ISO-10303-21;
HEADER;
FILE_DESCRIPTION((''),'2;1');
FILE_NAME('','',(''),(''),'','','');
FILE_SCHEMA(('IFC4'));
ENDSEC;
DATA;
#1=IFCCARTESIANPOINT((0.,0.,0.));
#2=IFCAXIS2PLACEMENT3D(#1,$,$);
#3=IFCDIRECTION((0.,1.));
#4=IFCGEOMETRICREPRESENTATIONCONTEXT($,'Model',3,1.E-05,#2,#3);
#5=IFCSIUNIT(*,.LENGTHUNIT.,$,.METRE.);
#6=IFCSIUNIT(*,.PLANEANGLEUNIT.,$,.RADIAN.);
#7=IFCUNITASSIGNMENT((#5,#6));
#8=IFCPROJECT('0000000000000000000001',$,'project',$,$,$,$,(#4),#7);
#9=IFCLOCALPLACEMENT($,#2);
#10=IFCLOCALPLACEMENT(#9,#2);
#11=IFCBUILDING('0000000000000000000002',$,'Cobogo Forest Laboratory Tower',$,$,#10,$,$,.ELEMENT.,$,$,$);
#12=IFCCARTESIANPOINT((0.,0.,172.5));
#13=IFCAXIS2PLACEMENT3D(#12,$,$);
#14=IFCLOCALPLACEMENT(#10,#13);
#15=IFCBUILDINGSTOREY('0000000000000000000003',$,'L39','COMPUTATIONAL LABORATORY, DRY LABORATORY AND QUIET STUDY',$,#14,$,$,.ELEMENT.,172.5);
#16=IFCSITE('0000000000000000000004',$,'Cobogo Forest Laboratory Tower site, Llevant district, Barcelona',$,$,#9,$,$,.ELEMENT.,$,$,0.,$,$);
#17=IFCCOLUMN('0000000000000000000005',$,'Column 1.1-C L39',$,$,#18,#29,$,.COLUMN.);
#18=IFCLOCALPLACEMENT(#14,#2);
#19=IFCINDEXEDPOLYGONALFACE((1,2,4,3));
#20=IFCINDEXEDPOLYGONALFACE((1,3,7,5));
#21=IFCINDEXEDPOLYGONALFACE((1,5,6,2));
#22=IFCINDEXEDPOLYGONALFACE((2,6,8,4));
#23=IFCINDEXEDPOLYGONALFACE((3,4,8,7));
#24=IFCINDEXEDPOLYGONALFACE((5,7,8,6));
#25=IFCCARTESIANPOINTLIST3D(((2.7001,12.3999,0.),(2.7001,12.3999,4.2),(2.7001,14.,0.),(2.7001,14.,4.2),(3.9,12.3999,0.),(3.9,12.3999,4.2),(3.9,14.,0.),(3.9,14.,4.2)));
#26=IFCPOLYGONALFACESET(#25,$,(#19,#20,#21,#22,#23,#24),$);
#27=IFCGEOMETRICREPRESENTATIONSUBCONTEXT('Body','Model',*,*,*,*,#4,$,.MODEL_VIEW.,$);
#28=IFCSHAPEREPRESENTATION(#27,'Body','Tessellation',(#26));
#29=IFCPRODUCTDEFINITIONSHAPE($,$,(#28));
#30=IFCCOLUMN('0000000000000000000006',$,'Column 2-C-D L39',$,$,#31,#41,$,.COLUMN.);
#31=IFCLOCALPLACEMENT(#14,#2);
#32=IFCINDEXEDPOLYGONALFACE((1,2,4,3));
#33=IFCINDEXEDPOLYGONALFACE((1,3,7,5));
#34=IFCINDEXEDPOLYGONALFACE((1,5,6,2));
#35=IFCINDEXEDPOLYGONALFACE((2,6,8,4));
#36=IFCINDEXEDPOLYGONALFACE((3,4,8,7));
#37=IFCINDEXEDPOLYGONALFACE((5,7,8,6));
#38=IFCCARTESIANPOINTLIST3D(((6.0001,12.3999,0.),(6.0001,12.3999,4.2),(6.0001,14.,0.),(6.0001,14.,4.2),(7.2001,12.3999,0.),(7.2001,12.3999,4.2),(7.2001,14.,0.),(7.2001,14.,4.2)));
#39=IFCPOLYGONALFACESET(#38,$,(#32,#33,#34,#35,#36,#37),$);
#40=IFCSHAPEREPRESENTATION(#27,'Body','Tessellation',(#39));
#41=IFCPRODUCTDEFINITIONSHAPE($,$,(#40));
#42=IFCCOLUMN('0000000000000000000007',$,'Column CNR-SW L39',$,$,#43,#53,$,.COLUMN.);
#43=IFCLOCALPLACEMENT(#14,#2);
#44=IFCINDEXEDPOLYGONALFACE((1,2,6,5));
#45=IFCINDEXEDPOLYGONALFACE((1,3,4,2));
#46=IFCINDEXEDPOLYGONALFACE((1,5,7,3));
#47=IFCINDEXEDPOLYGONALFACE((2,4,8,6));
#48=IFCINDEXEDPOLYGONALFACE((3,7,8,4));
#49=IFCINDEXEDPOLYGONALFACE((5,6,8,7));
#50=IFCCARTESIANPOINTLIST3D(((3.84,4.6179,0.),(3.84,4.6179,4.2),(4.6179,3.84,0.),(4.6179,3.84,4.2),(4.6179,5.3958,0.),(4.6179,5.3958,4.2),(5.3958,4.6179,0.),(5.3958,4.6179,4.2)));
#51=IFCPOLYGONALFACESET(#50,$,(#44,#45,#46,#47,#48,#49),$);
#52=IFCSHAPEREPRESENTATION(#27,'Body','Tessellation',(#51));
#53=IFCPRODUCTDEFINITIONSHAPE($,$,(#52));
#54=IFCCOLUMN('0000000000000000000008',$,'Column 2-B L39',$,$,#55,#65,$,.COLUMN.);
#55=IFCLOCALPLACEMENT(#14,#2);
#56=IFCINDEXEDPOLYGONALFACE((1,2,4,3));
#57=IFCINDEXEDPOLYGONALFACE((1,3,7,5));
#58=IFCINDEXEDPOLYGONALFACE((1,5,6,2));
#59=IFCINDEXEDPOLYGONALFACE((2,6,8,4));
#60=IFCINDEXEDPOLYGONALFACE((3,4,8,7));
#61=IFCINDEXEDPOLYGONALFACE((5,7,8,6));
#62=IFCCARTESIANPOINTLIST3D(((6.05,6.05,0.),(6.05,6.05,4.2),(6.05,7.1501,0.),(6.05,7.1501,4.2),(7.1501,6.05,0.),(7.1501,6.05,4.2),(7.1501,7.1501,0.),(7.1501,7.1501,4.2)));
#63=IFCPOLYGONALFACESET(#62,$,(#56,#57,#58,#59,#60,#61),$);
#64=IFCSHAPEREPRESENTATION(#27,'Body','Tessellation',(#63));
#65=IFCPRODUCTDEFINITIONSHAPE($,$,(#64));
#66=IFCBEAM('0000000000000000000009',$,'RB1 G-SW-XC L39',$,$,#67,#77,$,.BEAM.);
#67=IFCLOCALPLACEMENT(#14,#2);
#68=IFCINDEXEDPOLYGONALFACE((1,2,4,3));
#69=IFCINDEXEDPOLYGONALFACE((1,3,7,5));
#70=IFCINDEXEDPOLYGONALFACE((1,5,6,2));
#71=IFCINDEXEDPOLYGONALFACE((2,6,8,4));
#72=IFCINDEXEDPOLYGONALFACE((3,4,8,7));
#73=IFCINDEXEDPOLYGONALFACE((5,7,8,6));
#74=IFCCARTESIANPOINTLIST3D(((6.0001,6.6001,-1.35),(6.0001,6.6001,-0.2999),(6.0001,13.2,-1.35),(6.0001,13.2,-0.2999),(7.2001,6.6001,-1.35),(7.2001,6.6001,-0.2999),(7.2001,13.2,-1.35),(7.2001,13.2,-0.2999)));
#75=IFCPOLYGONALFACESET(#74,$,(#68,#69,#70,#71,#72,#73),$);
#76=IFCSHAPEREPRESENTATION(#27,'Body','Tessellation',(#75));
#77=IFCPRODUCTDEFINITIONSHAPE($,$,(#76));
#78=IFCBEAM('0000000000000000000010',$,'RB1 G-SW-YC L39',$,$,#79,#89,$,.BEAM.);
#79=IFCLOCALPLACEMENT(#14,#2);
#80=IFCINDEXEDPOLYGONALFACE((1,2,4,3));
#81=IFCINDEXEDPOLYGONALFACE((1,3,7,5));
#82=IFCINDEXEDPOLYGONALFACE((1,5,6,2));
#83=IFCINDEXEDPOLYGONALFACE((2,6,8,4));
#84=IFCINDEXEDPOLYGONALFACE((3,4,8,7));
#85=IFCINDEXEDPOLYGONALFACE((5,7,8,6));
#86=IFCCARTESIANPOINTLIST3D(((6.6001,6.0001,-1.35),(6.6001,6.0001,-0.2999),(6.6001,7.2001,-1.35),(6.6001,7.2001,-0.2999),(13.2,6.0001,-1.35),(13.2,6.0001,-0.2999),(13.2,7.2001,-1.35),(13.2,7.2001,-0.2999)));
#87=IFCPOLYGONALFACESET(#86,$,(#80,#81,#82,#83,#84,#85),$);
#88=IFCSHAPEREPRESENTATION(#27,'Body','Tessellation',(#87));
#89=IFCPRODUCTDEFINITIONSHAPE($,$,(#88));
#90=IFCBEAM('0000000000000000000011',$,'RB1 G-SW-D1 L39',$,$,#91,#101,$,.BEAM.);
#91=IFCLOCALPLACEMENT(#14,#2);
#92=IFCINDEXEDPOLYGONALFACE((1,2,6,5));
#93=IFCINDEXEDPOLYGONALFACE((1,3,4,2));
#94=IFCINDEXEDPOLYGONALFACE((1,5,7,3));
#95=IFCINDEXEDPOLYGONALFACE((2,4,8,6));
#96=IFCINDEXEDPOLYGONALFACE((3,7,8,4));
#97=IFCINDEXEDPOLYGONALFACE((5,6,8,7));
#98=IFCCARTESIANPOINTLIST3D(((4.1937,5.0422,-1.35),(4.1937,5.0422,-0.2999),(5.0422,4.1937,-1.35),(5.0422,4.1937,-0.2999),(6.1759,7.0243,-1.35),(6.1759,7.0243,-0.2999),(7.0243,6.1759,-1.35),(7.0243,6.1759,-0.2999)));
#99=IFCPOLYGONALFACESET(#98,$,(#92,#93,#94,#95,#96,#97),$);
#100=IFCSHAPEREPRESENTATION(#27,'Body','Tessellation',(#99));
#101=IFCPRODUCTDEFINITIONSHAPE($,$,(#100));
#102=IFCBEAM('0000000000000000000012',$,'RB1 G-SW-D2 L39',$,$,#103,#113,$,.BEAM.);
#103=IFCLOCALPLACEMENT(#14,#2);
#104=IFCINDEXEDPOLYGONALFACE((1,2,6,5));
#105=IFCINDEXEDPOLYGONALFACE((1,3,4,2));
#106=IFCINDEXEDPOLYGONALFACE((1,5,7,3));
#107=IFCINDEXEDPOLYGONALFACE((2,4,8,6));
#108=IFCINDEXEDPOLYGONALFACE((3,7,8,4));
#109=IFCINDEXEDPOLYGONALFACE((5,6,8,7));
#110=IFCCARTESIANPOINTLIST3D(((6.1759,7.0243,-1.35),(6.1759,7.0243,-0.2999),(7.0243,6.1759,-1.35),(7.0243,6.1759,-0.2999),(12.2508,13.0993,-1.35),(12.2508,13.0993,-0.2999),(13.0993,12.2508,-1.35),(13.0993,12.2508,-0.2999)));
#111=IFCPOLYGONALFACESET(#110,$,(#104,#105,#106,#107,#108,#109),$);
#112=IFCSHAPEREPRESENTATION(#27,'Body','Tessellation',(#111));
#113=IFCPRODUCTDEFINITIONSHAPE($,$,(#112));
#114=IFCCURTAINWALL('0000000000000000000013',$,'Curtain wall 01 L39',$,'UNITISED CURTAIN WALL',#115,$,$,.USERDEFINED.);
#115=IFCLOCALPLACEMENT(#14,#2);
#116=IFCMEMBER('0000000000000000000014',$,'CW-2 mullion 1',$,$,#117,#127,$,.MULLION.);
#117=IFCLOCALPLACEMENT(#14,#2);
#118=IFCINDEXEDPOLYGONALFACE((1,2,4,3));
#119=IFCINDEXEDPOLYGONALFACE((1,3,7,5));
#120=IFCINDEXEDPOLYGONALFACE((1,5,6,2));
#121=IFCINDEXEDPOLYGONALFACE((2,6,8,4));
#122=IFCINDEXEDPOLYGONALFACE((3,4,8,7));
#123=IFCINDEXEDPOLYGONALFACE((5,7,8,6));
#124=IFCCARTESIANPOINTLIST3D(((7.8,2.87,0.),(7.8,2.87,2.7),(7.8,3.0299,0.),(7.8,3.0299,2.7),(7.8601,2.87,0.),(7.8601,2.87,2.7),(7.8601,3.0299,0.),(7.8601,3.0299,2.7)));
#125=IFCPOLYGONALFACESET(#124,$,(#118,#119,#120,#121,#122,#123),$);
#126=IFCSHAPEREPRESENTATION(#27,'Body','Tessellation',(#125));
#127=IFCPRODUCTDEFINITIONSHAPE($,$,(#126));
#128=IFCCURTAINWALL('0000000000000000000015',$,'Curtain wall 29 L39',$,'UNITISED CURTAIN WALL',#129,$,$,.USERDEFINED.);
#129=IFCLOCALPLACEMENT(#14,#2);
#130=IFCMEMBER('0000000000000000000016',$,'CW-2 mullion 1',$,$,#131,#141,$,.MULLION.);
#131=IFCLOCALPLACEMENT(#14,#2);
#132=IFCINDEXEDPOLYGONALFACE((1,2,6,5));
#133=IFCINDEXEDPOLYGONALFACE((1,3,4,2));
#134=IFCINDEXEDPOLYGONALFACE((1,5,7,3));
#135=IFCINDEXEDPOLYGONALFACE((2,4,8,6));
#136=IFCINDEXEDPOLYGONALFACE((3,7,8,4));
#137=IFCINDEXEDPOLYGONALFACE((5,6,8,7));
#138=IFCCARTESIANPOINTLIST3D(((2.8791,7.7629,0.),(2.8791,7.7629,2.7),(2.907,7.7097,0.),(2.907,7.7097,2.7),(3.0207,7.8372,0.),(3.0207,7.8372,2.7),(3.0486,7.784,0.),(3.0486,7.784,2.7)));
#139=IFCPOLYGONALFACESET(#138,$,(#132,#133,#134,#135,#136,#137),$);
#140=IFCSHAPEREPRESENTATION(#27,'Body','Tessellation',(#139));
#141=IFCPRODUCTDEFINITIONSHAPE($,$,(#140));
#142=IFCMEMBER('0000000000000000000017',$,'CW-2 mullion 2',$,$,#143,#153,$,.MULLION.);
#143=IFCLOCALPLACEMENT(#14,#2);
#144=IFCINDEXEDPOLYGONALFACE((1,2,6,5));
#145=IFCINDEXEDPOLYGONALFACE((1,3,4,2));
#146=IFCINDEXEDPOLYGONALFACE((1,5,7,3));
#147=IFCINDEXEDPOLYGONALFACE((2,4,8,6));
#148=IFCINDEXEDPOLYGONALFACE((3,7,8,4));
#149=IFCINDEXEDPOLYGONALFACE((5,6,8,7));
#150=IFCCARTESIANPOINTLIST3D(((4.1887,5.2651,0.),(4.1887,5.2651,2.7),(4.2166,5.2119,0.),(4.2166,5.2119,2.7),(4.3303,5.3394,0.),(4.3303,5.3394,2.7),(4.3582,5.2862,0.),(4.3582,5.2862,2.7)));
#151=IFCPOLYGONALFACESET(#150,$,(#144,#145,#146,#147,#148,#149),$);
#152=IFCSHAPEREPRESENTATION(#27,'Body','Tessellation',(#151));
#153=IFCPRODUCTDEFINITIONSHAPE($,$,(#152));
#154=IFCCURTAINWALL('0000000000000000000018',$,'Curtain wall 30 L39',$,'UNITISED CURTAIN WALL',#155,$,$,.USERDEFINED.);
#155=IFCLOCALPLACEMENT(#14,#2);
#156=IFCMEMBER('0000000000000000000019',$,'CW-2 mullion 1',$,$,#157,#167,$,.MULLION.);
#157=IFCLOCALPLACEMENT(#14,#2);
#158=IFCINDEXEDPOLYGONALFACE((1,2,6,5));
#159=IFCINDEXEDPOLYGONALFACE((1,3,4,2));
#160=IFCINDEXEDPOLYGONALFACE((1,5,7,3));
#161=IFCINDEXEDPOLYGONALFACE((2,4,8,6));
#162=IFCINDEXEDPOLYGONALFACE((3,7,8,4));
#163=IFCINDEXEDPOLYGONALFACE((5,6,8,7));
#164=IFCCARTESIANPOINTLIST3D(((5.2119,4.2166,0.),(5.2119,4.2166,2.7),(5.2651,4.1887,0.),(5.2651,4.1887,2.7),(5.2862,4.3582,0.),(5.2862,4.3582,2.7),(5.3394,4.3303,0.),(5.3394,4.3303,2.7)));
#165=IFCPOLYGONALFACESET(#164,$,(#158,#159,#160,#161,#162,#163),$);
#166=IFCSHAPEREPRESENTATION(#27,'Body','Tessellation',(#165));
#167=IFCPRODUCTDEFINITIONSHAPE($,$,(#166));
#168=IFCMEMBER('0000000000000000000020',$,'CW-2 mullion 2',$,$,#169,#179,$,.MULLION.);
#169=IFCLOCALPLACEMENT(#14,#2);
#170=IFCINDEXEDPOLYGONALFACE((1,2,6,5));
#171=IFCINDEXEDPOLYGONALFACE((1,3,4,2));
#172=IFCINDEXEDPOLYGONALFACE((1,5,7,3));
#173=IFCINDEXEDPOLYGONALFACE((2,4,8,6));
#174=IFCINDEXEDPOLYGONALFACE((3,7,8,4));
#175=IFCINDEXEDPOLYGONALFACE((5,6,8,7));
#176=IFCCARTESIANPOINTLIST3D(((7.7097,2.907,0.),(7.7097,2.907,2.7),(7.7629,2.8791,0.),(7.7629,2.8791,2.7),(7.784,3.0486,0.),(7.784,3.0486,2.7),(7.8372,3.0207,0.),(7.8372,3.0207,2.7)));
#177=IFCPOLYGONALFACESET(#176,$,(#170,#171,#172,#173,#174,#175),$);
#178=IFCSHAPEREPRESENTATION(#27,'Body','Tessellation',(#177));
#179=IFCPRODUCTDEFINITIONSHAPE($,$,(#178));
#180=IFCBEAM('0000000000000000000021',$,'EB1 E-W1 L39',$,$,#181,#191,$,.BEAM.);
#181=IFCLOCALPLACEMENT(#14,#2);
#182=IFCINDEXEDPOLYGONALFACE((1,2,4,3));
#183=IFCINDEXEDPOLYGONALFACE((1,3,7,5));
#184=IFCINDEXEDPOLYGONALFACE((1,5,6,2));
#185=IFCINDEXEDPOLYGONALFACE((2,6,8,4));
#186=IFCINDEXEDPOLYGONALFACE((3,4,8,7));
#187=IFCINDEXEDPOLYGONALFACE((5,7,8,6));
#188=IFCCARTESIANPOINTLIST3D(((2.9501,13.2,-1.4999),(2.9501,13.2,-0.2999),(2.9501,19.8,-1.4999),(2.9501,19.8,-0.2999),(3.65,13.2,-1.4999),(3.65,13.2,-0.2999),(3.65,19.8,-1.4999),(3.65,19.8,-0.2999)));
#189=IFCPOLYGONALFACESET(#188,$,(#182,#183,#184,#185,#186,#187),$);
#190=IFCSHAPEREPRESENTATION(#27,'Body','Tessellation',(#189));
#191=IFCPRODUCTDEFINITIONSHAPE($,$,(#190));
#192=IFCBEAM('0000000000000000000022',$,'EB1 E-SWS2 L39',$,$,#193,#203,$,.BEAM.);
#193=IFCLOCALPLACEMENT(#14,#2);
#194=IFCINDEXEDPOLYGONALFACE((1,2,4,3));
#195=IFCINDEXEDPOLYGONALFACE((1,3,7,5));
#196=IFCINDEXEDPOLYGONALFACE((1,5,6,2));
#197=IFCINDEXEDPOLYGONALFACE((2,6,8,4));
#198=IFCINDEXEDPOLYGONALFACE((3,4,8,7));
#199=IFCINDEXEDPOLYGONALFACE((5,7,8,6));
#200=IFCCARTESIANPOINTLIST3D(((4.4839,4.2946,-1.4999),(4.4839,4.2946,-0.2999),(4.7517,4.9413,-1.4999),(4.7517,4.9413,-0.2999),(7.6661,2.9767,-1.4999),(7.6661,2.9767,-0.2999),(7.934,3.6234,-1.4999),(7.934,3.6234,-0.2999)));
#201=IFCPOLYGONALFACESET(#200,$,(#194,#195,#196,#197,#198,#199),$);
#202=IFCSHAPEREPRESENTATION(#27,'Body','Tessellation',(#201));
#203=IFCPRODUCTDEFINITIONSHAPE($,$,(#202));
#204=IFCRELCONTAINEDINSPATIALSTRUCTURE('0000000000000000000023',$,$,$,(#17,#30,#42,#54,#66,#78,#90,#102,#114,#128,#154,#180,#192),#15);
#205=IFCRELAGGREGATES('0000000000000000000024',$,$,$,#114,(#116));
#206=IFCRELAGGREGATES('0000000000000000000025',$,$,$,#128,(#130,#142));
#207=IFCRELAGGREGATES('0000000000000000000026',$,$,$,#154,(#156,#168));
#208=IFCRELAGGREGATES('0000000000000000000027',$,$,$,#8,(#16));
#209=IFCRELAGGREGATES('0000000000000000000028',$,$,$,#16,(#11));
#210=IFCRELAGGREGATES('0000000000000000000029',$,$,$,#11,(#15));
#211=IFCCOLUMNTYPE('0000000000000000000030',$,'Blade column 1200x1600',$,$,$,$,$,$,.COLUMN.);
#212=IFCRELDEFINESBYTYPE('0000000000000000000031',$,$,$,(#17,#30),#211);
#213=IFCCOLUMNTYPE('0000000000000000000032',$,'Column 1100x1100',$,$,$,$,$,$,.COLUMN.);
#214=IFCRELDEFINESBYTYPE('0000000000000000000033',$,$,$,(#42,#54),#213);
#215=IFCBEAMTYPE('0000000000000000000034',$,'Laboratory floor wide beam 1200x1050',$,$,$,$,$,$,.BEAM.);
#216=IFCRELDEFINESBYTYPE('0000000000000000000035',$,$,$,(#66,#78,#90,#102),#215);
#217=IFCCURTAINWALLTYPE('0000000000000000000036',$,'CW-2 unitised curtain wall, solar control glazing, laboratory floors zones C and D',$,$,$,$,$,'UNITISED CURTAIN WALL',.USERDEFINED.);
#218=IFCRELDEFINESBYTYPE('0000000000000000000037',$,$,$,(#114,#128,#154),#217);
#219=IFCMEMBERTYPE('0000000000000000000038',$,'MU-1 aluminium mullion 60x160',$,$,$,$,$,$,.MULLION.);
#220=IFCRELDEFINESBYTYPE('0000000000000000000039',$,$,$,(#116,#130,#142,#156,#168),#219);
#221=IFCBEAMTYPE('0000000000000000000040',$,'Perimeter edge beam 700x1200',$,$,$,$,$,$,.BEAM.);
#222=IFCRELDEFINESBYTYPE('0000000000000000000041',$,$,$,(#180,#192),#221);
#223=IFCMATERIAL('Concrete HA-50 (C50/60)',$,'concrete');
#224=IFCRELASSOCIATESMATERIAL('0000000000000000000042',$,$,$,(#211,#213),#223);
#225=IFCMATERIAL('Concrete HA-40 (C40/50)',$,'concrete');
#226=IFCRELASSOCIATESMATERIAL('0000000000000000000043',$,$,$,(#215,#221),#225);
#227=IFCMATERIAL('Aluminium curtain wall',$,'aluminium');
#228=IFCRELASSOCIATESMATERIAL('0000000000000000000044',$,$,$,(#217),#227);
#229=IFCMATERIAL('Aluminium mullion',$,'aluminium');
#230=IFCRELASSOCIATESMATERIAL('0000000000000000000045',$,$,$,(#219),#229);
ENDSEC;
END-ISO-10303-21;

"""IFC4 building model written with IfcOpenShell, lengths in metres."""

from ifc_helpers import new_model, si_unit, direction, frame, origin, origin_2d, place, context, subcontext, project, spatial, rectangle, extrude, material, material_profile, profile_set, type_object, element, aggregate, save


model = new_model("IFC4")

# Units and contexts
model_context = context("Model", 3, precision=1e-05, world=origin(), true_north=direction((0.0, 1.0)))
body_context = subcontext(model_context, "Body", "Model", "MODEL_VIEW")
ifc_project = project(units=[si_unit("LENGTHUNIT", "METRE"), si_unit("PLANEANGLEUNIT", "RADIAN")], contexts=[model_context])

# Site, building, storey
site_placement = place(None, origin())
site = spatial("IfcSite", under=ifc_project, at=site_placement, Name="Cobogo Forest Laboratory Tower site, Llevant district, Barcelona", CompositionType="ELEMENT", RefElevation=0.0)
building_placement = place(site_placement, origin())
building = spatial("IfcBuilding", under=site, at=building_placement, Name="Cobogo Forest Laboratory Tower", CompositionType="ELEMENT")
storey_placement = place(building_placement, frame((0.0, 0.0, 172.5)))
storey = spatial("IfcBuildingStorey", under=building, at=storey_placement, Name="L39", Description="COMPUTATIONAL LABORATORY, DRY LABORATORY AND QUIET STUDY", CompositionType="ELEMENT", Elevation=172.5)

# Columns
ifc_material_1 = material(Name="Concrete HA-50 (C50/60)", Category="concrete")
ifc_material_profile_1 = material_profile(ifc_material_1, rectangle(XDim=1.6001, YDim=1.2, at=origin_2d()), Name="RC 1200x1600")
ifc_profile_set_1 = profile_set([ifc_material_profile_1], Name="Concrete HA-50 (C50/60)")
column_type_1 = type_object("IfcColumnType", Name="Blade column 1200x1600", PredefinedType="COLUMN", material=ifc_profile_set_1)
for number, where, z_axis, x_axis, name in (
    (1, (3.3, 13.2, 0.0), (0.0, 0.0, 1.0), (0.0, 1.0, 0.0), "Column 1.1-C L39"),
    (2, (6.6001, 13.2, 0.0), (0.0, 0.0, 1.0), (0.0, 1.0, 0.0), "Column 2-C-D L39"),
):
    element("IfcColumn", number, at=place(storey_placement, frame(where, z_axis=z_axis, x_axis=x_axis)), inside=storey, type_object=column_type_1, Name=name, PredefinedType="COLUMN", context=body_context, shape_type="SweptSolid", body=[
        extrude(rectangle(XDim=1.6001, YDim=1.2, at=origin_2d()), origin(), (0.0, 0.0, 1.0), 4.2),
    ])
ifc_material_profile_2 = material_profile(ifc_material_1, rectangle(XDim=1.1001, YDim=1.1001, at=origin_2d()), Name="RC 1100x1100")
ifc_profile_set_2 = profile_set([ifc_material_profile_2], Name="Concrete HA-50 (C50/60)")
column_type_2 = type_object("IfcColumnType", Name="Column 1100x1100", PredefinedType="COLUMN", material=ifc_profile_set_2)
for number, where, z_axis, x_axis, name in (
    (3, (4.6179, 4.6179, 0.0), (0.0, 0.0, 1.0), (0.707107, 0.707107, 0.0), "Column CNR-SW L39"),
    (4, (6.6001, 6.6001, 0.0), (0.0, 0.0, 1.0), (1.0, 0.0, 0.0), "Column 2-B L39"),
):
    element("IfcColumn", number, at=place(storey_placement, frame(where, z_axis=z_axis, x_axis=x_axis)), inside=storey, type_object=column_type_2, Name=name, PredefinedType="COLUMN", context=body_context, shape_type="SweptSolid", body=[
        extrude(rectangle(XDim=1.1001, YDim=1.1001, at=origin_2d()), origin(), (0.0, 0.0, 1.0), 4.2),
    ])

# Beams
ifc_material_2 = material(Name="Concrete HA-40 (C40/50)", Category="concrete")
ifc_material_profile_3 = material_profile(ifc_material_2, rectangle(XDim=1.2, YDim=1.05, at=origin_2d()), Name="RC 1200x1050")
ifc_profile_set_3 = profile_set([ifc_material_profile_3], Name="Concrete HA-40 (C40/50)")
beam_type_1 = type_object("IfcBeamType", Name="Laboratory floor wide beam 1200x1050", PredefinedType="BEAM", material=ifc_profile_set_3)
for number, where, z_axis, x_axis, name in (
    (5, (6.6001, 6.6001, -0.825), (0.0, 1.0, 0.0), (-1.0, 0.0, 0.0), "RB1 G-SW-XC L39"),
    (6, (6.6001, 6.6001, -0.825), (1.0, 0.0, 0.0), (0.0, 1.0, 0.0), "RB1 G-SW-YC L39"),
):
    element("IfcBeam", number, at=place(storey_placement, frame(where, z_axis=z_axis, x_axis=x_axis)), inside=storey, type_object=beam_type_1, Name=name, PredefinedType="BEAM", context=body_context, shape_type="SweptSolid", body=[
        extrude(rectangle(XDim=1.2, YDim=1.05, at=origin_2d()), origin(), (0.0, 0.0, 1.0), 6.5999),
    ])
beam_1_placement = place(storey_placement, frame((4.6179, 4.6179, -0.825), z_axis=(0.707107, 0.707107, 0.0), x_axis=(-0.707107, 0.707107, 0.0)))
element("IfcBeam", 7, at=beam_1_placement, inside=storey, type_object=beam_type_1, Name="RB1 G-SW-D1 L39", PredefinedType="BEAM", context=body_context, shape_type="SweptSolid", body=[
    extrude(rectangle(XDim=1.2, YDim=1.05, at=origin_2d()), origin(), (0.0, 0.0, 1.0), 2.8032),
])
beam_2_placement = place(storey_placement, frame((6.6001, 6.6001, -0.825), z_axis=(0.707107, 0.707107, 0.0), x_axis=(-0.707107, 0.707107, 0.0)))
element("IfcBeam", 8, at=beam_2_placement, inside=storey, type_object=beam_type_1, Name="RB1 G-SW-D2 L39", PredefinedType="BEAM", context=body_context, shape_type="SweptSolid", body=[
    extrude(rectangle(XDim=1.2, YDim=1.05, at=origin_2d()), origin(), (0.0, 0.0, 1.0), 8.5913),
])

# Curtain wall, member
ifc_material_3 = material(Name="Aluminium curtain wall", Category="aluminium")
curtain_wall_type = type_object("IfcCurtainWallType", Name="CW-2 unitised curtain wall, solar control glazing, laboratory floors zones C and D", ElementType="UNITISED CURTAIN WALL", PredefinedType="USERDEFINED", material=ifc_material_3)
curtain_wall_1_placement = place(storey_placement, origin())
curtain_wall_1 = element("IfcCurtainWall", 9, at=curtain_wall_1_placement, inside=storey, type_object=curtain_wall_type, Name="Curtain wall 01 L39", ObjectType="UNITISED CURTAIN WALL", PredefinedType="USERDEFINED")
ifc_material_4 = material(Name="Aluminium mullion", Category="aluminium")
ifc_material_profile_4 = material_profile(ifc_material_4, rectangle(XDim=0.0601, YDim=0.1599, at=origin_2d()), Name="AL 60x160")
ifc_profile_set_4 = profile_set([ifc_material_profile_4], Name="Aluminium mullion")
member_type_1 = type_object("IfcMemberType", Name="MU-1 aluminium mullion 60x160", PredefinedType="MULLION", material=ifc_profile_set_4)
member_1_placement = place(storey_placement, frame((7.8301, 2.95, 0.0), z_axis=(0.0, 0.0, 1.0), x_axis=(1.0, 0.0, 0.0)))
member_1 = element("IfcMember", 10, at=member_1_placement, type_object=member_type_1, Name="CW-2 mullion 1", PredefinedType="MULLION", context=body_context, shape_type="SweptSolid", body=[
    extrude(rectangle(XDim=0.0601, YDim=0.1599, at=origin_2d()), origin(), (0.0, 0.0, 1.0), 2.7),
])

# Curtain walls, members
curtain_wall_2_placement = place(storey_placement, origin())
curtain_wall_2 = element("IfcCurtainWall", 11, at=curtain_wall_2_placement, inside=storey, type_object=curtain_wall_type, Name="Curtain wall 29 L39", ObjectType="UNITISED CURTAIN WALL", PredefinedType="USERDEFINED")
member_2_placement = place(storey_placement, frame((2.9639, 7.7734, 0.0), z_axis=(0.0, 0.0, 1.0), x_axis=(0.464284, -0.885686, 0.0)))
member_2 = element("IfcMember", 12, at=member_2_placement, type_object=member_type_1, Name="CW-2 mullion 1", PredefinedType="MULLION", context=body_context, shape_type="SweptSolid", body=[
    extrude(rectangle(XDim=0.0601, YDim=0.1599, at=origin_2d()), origin(), (0.0, 0.0, 1.0), 2.7),
])
member_3_placement = place(storey_placement, frame((4.2734, 5.2756, 0.0), z_axis=(0.0, 0.0, 1.0), x_axis=(0.464284, -0.885686, 0.0)))
member_3 = element("IfcMember", 13, at=member_3_placement, type_object=member_type_1, Name="CW-2 mullion 2", PredefinedType="MULLION", context=body_context, shape_type="SweptSolid", body=[
    extrude(rectangle(XDim=0.0601, YDim=0.1599, at=origin_2d()), origin(), (0.0, 0.0, 1.0), 2.7),
])
curtain_wall_3_placement = place(storey_placement, origin())
curtain_wall_3 = element("IfcCurtainWall", 14, at=curtain_wall_3_placement, inside=storey, type_object=curtain_wall_type, Name="Curtain wall 30 L39", ObjectType="UNITISED CURTAIN WALL", PredefinedType="USERDEFINED")
member_4_placement = place(storey_placement, frame((5.2756, 4.2734, 0.0), z_axis=(0.0, 0.0, 1.0), x_axis=(0.885686, -0.464284, 0.0)))
member_4 = element("IfcMember", 15, at=member_4_placement, type_object=member_type_1, Name="CW-2 mullion 1", PredefinedType="MULLION", context=body_context, shape_type="SweptSolid", body=[
    extrude(rectangle(XDim=0.0601, YDim=0.1599, at=origin_2d()), origin(), (0.0, 0.0, 1.0), 2.7),
])
member_5_placement = place(storey_placement, frame((7.7734, 2.9639, 0.0), z_axis=(0.0, 0.0, 1.0), x_axis=(0.885686, -0.464284, 0.0)))
member_5 = element("IfcMember", 16, at=member_5_placement, type_object=member_type_1, Name="CW-2 mullion 2", PredefinedType="MULLION", context=body_context, shape_type="SweptSolid", body=[
    extrude(rectangle(XDim=0.0601, YDim=0.1599, at=origin_2d()), origin(), (0.0, 0.0, 1.0), 2.7),
])

# Beams
ifc_material_profile_5 = material_profile(ifc_material_2, rectangle(XDim=0.7, YDim=1.2, at=origin_2d()), Name="RC 700x1200")
ifc_profile_set_5 = profile_set([ifc_material_profile_5], Name="Concrete HA-40 (C40/50)")
beam_type_2 = type_object("IfcBeamType", Name="Perimeter edge beam 700x1200", PredefinedType="BEAM", material=ifc_profile_set_5)
beam_3_placement = place(storey_placement, frame((3.3, 13.2, -0.8999), z_axis=(0.0, 1.0, 0.0), x_axis=(-1.0, 0.0, 0.0)))
element("IfcBeam", 17, at=beam_3_placement, inside=storey, type_object=beam_type_2, Name="EB1 E-W1 L39", PredefinedType="BEAM", context=body_context, shape_type="SweptSolid", body=[
    extrude(rectangle(XDim=0.7, YDim=1.2, at=origin_2d()), origin(), (0.0, 0.0, 1.0), 6.6001),
])
beam_4_placement = place(storey_placement, frame((7.8, 3.3, -0.8999), z_axis=(-0.923901, 0.382631, 0.0), x_axis=(-0.382631, -0.923901, 0.0)))
element("IfcBeam", 18, at=beam_4_placement, inside=storey, type_object=beam_type_2, Name="EB1 E-SWS2 L39", PredefinedType="BEAM", context=body_context, shape_type="SweptSolid", body=[
    extrude(rectangle(XDim=0.7, YDim=1.2, at=origin_2d()), origin(), (0.0, 0.0, 1.0), 3.4443),
])

aggregate(curtain_wall_1, [member_1])

aggregate(curtain_wall_2, [member_2, member_3])
aggregate(curtain_wall_3, [member_4, member_5])

save(model, "model.ifc")
